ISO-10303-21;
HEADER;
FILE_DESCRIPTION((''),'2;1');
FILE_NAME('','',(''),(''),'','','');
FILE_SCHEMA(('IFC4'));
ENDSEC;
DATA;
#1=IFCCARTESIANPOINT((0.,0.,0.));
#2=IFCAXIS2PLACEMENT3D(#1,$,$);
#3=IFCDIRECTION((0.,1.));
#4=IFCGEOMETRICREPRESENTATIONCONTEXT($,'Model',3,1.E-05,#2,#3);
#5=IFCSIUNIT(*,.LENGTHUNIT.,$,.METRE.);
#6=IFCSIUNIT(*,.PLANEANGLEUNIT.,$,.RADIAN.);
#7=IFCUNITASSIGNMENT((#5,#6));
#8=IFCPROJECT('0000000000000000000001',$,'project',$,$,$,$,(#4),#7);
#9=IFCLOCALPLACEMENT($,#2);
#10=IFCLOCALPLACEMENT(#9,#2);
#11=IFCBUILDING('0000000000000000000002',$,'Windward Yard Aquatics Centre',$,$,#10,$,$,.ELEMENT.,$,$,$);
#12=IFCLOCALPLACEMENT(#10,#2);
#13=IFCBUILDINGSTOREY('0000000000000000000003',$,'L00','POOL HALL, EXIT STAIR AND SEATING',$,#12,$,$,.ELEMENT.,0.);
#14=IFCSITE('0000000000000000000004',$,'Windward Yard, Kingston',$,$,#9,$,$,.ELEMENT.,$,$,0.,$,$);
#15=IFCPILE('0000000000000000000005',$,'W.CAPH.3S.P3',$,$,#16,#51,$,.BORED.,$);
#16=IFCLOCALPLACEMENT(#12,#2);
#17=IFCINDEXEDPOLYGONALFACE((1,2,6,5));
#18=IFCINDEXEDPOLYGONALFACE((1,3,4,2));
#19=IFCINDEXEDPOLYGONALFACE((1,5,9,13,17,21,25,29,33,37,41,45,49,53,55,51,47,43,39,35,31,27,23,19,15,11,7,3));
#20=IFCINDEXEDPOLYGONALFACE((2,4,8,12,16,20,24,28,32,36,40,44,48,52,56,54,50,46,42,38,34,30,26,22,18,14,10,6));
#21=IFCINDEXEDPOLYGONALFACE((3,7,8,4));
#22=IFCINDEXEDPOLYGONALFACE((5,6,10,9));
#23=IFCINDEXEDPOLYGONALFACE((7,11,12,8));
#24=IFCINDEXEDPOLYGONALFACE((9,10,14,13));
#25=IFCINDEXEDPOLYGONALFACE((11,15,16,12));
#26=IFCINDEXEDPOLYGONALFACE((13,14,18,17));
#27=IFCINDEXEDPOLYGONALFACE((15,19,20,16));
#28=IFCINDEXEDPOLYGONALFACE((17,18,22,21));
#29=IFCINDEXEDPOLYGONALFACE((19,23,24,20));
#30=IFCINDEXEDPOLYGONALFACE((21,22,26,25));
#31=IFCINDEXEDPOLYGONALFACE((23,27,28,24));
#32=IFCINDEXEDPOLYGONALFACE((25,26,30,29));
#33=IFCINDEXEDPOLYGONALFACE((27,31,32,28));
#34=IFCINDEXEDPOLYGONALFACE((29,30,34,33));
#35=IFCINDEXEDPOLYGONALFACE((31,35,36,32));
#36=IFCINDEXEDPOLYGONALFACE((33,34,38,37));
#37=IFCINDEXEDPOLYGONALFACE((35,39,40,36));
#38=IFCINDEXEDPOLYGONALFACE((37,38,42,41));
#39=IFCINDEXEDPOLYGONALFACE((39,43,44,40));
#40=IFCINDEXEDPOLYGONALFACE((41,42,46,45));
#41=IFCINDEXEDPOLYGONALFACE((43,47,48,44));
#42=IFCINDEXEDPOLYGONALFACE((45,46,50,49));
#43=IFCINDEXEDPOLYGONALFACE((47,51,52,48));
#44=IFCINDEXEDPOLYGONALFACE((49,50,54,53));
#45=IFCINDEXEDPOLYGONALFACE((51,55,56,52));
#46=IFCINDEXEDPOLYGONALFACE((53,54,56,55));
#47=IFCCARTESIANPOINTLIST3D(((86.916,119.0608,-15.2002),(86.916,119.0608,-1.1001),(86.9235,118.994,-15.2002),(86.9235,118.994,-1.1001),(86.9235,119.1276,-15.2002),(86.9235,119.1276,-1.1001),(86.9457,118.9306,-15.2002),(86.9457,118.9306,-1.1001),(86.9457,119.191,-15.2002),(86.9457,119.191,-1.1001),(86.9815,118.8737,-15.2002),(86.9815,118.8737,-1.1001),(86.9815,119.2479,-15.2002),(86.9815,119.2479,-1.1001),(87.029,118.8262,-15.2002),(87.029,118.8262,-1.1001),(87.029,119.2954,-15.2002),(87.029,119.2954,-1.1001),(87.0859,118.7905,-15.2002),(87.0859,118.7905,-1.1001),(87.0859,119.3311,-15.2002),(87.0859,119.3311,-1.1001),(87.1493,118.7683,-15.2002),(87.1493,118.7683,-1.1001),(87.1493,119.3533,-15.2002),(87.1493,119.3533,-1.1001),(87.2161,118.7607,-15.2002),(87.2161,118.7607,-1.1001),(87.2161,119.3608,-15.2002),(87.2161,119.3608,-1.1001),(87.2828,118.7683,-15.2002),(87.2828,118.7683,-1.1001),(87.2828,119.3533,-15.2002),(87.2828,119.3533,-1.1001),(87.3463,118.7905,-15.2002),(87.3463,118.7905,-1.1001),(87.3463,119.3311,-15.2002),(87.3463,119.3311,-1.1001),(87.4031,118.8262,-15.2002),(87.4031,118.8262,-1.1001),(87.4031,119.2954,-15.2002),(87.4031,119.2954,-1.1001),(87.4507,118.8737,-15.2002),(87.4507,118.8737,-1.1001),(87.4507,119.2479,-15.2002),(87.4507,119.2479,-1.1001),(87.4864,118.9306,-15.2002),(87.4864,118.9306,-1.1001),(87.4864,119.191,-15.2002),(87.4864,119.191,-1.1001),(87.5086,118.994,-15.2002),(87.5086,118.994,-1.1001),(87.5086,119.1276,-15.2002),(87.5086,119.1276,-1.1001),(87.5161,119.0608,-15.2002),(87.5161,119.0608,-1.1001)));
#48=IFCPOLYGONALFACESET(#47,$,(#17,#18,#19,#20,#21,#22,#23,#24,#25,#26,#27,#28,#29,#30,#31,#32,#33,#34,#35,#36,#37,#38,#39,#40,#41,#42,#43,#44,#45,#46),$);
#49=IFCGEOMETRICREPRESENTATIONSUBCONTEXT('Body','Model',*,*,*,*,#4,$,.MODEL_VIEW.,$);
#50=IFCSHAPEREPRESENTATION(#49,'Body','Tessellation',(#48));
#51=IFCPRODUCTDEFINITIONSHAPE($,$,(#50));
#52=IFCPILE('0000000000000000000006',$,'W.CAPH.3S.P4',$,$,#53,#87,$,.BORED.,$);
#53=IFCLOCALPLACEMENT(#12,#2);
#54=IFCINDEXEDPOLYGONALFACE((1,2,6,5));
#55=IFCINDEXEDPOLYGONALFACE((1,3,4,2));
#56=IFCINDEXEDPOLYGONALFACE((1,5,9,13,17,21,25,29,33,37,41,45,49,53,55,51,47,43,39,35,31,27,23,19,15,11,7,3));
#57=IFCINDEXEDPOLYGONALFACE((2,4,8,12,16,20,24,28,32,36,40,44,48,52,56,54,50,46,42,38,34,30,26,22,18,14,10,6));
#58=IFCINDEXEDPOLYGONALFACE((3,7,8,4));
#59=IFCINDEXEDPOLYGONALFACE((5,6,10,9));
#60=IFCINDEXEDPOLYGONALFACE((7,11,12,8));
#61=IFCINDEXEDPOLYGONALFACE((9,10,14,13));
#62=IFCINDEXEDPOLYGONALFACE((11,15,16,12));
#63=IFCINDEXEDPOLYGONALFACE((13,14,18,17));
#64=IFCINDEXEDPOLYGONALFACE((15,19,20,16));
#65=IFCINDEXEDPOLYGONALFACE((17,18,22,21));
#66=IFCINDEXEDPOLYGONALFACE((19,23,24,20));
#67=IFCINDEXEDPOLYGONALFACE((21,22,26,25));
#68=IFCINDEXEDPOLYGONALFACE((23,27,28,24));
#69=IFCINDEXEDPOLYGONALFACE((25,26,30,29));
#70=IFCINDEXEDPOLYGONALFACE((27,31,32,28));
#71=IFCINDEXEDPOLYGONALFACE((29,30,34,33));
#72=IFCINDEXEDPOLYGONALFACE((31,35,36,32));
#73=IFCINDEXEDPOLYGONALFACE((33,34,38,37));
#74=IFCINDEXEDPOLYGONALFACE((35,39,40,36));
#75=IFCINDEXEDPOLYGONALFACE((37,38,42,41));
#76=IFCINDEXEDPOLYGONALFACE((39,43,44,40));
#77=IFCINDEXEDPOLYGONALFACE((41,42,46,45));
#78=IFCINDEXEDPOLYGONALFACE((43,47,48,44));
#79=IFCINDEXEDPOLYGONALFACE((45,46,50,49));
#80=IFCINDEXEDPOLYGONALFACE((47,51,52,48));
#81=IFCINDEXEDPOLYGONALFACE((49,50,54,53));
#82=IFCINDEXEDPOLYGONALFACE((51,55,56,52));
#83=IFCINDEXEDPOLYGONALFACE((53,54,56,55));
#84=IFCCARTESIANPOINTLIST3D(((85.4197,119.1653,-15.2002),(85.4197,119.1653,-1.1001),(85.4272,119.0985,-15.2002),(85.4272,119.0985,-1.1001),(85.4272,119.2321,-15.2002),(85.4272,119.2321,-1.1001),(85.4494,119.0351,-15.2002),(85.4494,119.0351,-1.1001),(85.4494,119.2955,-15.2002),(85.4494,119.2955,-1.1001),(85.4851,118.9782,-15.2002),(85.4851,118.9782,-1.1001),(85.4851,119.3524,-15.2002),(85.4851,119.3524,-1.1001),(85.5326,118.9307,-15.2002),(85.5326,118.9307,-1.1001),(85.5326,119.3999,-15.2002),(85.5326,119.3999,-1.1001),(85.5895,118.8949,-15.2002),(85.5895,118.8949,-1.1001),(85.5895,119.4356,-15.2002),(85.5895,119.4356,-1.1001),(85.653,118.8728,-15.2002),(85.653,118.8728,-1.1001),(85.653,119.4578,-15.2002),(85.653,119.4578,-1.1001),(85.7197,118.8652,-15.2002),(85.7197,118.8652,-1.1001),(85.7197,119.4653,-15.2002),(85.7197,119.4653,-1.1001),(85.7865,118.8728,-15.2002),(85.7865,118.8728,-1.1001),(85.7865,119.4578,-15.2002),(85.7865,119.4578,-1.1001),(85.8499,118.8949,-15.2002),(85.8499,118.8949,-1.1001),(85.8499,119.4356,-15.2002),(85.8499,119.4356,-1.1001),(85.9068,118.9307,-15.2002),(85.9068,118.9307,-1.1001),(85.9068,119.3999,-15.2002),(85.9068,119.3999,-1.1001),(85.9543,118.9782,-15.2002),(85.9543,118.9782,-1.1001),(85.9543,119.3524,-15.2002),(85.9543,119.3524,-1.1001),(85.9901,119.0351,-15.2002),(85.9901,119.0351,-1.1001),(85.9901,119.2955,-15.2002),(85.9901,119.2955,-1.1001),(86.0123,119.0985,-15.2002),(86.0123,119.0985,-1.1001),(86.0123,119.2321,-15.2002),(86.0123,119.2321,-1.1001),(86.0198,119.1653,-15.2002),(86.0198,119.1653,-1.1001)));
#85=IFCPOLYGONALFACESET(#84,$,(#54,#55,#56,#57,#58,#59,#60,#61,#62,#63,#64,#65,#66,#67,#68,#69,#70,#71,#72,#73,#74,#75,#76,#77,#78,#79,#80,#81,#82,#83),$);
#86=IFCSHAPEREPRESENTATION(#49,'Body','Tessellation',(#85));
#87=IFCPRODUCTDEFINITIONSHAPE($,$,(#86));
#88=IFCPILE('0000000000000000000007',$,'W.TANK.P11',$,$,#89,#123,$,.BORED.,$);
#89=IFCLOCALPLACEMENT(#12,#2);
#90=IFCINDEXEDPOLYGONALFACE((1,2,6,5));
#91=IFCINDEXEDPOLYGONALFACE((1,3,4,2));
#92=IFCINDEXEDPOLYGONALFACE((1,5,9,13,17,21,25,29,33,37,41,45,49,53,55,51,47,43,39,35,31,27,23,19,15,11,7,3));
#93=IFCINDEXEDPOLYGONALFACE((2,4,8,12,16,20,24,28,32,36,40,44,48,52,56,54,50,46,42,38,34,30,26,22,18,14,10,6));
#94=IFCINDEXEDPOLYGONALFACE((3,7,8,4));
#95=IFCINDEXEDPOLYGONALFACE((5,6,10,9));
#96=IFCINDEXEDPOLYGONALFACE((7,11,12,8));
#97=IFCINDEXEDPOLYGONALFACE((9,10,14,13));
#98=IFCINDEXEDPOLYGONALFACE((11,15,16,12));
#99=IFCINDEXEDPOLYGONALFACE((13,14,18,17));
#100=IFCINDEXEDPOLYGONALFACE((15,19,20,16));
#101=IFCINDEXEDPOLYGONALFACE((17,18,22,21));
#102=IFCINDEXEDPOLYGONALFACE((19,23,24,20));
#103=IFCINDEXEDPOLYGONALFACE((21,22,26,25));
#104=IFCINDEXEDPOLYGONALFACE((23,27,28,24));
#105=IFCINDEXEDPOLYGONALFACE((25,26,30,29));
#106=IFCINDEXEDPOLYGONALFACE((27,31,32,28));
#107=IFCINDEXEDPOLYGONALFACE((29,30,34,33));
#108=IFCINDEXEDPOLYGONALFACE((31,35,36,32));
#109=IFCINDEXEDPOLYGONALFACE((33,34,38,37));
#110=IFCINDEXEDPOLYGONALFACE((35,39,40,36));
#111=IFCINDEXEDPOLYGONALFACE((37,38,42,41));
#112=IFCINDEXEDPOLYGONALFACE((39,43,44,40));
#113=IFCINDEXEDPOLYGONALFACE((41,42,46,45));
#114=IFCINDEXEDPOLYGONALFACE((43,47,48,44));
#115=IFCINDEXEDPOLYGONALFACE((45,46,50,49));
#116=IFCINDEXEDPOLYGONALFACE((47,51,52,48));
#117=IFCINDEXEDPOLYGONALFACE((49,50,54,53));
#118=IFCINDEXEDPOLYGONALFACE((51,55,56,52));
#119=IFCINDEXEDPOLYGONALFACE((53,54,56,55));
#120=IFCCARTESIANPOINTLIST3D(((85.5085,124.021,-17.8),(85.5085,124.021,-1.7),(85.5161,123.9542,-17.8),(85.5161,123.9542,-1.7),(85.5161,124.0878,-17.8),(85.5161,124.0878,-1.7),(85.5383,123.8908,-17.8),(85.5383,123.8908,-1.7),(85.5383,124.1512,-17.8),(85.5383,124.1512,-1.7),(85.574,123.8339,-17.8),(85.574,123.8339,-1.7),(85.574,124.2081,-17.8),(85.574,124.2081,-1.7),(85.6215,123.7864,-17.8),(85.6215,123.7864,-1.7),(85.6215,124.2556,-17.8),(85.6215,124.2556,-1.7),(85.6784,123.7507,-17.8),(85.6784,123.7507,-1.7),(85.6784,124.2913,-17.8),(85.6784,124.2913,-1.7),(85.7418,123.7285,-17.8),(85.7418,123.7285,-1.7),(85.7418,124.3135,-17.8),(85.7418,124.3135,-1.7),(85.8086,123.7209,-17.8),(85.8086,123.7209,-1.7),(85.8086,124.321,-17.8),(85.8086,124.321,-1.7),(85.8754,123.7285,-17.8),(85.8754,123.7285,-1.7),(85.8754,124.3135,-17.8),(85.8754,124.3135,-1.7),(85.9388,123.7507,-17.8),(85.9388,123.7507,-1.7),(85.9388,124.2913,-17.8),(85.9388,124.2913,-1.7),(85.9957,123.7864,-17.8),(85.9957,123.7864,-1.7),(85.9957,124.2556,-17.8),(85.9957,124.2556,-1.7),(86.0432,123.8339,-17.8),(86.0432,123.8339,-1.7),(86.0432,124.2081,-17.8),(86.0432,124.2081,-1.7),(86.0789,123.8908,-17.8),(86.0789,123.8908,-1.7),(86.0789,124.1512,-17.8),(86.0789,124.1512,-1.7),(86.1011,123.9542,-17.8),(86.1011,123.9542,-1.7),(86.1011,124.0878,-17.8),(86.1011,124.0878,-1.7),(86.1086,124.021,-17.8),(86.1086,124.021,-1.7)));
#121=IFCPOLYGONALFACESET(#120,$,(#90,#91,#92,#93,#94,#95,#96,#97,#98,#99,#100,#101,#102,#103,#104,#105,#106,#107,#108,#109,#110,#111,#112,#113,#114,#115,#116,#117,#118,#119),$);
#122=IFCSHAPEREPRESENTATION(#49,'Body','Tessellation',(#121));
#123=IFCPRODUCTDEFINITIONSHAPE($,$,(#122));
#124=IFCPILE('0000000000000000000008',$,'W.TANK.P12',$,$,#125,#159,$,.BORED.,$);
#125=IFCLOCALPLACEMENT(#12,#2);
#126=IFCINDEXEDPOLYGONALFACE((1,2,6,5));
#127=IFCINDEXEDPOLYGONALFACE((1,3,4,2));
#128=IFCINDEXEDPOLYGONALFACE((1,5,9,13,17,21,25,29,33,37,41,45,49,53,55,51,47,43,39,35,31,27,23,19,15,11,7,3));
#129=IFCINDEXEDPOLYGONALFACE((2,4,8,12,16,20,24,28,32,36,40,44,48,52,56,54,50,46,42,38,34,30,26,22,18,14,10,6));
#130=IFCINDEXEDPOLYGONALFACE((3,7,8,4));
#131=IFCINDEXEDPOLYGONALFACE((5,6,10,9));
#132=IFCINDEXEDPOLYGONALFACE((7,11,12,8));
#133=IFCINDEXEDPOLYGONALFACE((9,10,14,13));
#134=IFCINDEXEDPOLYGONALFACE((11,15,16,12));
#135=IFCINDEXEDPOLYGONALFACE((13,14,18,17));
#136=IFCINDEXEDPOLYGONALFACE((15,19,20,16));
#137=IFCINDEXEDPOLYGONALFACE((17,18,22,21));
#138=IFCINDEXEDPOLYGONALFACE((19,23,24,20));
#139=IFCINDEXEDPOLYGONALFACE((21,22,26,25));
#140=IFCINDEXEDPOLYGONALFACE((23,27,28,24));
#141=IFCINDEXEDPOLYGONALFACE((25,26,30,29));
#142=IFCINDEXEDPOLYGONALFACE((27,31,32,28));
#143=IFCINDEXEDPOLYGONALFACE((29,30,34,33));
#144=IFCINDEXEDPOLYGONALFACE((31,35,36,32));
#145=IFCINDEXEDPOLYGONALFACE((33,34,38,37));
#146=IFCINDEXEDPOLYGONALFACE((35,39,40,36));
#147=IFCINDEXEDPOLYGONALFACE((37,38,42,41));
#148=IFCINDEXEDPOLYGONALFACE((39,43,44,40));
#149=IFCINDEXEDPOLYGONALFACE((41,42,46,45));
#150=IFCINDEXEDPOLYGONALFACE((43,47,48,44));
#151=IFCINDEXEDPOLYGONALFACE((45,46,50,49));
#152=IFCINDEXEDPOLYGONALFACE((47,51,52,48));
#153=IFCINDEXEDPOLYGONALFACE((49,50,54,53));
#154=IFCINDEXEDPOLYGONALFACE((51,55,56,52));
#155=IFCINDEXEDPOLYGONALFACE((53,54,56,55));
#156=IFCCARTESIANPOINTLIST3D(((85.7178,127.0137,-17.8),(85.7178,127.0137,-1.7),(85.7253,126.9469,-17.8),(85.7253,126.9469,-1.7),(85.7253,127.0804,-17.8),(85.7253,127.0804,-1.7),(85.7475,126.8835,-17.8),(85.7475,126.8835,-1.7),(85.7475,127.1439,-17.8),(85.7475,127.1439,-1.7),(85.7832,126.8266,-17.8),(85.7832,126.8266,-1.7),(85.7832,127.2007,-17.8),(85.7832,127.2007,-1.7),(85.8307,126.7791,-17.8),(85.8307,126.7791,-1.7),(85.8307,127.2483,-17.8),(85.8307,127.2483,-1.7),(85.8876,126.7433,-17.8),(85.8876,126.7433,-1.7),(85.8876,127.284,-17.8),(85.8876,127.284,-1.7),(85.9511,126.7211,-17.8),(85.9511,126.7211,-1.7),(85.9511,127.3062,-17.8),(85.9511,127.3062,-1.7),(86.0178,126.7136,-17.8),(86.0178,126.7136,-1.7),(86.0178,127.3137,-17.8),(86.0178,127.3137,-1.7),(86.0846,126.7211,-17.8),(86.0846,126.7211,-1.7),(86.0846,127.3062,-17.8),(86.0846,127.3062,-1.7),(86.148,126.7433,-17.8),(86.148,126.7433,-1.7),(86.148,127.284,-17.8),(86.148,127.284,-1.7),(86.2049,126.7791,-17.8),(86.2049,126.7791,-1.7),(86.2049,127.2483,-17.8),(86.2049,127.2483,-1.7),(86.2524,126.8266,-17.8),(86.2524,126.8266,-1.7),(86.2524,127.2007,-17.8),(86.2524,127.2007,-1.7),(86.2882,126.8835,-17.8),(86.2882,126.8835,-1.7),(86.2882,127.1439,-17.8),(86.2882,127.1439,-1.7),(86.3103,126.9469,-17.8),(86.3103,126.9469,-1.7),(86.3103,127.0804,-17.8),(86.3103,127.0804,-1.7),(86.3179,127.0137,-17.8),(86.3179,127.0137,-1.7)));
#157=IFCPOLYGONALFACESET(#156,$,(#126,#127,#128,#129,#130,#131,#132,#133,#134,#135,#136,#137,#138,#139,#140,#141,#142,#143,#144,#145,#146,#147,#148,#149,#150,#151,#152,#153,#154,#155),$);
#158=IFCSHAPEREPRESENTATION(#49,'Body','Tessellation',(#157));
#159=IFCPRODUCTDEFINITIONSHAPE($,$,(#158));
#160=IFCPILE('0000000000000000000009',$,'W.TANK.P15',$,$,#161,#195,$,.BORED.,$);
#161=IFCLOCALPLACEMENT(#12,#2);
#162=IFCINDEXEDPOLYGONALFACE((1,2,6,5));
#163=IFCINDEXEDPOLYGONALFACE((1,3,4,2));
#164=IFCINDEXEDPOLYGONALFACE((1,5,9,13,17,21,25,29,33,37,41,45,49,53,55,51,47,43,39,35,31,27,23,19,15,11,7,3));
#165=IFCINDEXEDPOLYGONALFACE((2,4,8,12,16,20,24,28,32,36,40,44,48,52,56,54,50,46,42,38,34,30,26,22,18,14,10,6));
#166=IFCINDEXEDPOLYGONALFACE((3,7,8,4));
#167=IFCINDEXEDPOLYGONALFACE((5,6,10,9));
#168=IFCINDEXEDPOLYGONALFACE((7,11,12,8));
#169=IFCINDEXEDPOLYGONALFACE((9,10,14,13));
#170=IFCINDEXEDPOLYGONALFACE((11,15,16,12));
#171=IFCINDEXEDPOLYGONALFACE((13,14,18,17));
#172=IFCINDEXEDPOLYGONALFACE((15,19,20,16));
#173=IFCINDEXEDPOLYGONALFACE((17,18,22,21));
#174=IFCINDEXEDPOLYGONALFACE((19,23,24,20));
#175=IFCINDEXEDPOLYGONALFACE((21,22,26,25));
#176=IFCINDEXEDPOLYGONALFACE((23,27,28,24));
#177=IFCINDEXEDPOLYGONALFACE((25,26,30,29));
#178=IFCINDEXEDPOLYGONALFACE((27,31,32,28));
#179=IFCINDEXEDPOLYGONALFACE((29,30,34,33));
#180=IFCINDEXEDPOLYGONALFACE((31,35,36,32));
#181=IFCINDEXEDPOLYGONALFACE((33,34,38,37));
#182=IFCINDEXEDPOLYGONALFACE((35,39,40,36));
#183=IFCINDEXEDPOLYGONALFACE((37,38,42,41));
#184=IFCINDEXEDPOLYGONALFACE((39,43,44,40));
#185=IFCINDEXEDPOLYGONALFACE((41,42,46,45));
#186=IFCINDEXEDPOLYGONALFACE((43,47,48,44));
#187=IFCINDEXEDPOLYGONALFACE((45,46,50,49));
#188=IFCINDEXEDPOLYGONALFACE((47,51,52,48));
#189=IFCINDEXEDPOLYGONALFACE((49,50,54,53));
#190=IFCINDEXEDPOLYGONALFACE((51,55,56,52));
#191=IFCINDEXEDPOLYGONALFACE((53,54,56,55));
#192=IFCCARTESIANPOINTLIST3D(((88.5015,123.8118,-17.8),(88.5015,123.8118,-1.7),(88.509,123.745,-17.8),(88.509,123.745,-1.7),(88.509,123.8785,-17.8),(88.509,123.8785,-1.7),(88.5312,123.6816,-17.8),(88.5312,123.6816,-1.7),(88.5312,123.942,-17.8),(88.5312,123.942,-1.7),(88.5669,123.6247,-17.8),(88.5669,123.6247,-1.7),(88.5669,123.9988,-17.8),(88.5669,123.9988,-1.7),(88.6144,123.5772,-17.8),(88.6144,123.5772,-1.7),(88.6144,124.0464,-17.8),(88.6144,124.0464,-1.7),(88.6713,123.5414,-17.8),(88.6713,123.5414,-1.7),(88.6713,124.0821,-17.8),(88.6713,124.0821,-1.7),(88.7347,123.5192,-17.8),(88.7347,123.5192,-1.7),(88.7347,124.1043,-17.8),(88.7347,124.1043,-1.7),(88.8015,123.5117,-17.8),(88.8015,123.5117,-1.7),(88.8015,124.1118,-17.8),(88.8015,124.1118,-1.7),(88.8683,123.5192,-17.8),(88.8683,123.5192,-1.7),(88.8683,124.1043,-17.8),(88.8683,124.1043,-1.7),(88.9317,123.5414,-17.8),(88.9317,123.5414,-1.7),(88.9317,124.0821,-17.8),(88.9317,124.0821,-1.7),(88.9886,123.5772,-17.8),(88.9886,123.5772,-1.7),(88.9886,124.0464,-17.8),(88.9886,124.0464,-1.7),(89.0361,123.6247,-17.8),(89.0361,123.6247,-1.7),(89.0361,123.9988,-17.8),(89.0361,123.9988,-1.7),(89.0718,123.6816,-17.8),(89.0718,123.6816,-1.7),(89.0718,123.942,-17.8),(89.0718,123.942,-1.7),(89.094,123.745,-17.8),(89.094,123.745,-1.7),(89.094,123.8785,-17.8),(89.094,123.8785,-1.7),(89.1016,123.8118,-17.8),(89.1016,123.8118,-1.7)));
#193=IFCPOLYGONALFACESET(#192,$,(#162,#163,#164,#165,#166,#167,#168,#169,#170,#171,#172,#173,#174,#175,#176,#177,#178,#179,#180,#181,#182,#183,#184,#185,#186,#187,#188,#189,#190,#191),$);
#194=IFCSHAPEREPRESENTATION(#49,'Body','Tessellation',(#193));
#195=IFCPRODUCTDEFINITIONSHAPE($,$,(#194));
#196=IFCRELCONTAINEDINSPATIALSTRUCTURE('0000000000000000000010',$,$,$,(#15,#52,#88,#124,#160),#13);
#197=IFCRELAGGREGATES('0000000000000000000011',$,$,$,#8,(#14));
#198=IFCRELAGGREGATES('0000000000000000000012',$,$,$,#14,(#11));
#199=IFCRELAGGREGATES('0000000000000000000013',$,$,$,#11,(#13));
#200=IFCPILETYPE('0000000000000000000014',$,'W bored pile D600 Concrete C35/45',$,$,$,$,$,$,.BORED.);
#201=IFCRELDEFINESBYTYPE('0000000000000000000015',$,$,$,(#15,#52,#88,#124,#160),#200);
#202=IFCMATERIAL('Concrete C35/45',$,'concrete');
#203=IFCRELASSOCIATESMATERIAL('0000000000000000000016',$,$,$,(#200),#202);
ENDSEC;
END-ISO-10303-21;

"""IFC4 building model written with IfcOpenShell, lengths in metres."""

from ifc_helpers import new_model, si_unit, direction, frame, origin, origin_2d, place, context, subcontext, project, spatial, circle, extrude, material, material_profile, profile_set, type_object, element, save


model = new_model("IFC4")

# Units and contexts
model_context = context("Model", 3, precision=1e-05, world=origin(), true_north=direction((0.0, 1.0)))
body_context = subcontext(model_context, "Body", "Model", "MODEL_VIEW")
ifc_project = project(units=[si_unit("LENGTHUNIT", "METRE"), si_unit("PLANEANGLEUNIT", "RADIAN")], contexts=[model_context])

# Site, building, storey
site_placement = place(None, origin())
site = spatial("IfcSite", under=ifc_project, at=site_placement, Name="Windward Yard, Kingston", CompositionType="ELEMENT", RefElevation=0.0)
building_placement = place(site_placement, origin())
building = spatial("IfcBuilding", under=site, at=building_placement, Name="Windward Yard Aquatics Centre", CompositionType="ELEMENT")
storey_placement = place(building_placement, origin())
storey = spatial("IfcBuildingStorey", under=building, at=storey_placement, Name="L00", Description="POOL HALL, EXIT STAIR AND SEATING", CompositionType="ELEMENT", Elevation=0.0)

# Piles
ifc_material_1 = material(Name="Concrete C35/45", Category="concrete")
ifc_material_profile_1 = material_profile(ifc_material_1, circle(Radius=0.3, at=origin_2d()), Name="D600")
ifc_profile_set_1 = profile_set([ifc_material_profile_1], Name="Concrete C35/45")
pile_type = type_object("IfcPileType", Name="W bored pile D600 Concrete C35/45", PredefinedType="BORED", material=ifc_profile_set_1)
for number, where, z_axis, x_axis, name in (
    (1, (87.2161, 119.0608, -1.1001), (0.0, 0.0, -1.0), (1.0, 0.0, 0.0), "W.CAPH.3S.P3"),
    (2, (85.7197, 119.1653, -1.1001), (0.0, 0.0, -1.0), (1.0, 0.0, 0.0), "W.CAPH.3S.P4"),
):
    element("IfcPile", number, at=place(storey_placement, frame(where, z_axis=z_axis, x_axis=x_axis)), inside=storey, type_object=pile_type, Name=name, PredefinedType="BORED", context=body_context, shape_type="SweptSolid", body=[
        extrude(circle(Radius=0.3, at=origin_2d()), origin(), (0.0, 0.0, 1.0), 14.1001),
    ])
for number, where, z_axis, x_axis, name in (
    (3, (85.8086, 124.021, -1.7), (0.0, 0.0, -1.0), (1.0, 0.0, 0.0), "W.TANK.P11"),
    (4, (86.0178, 127.0137, -1.7), (0.0, 0.0, -1.0), (1.0, 0.0, 0.0), "W.TANK.P12"),
    (5, (88.8015, 123.8118, -1.7), (0.0, 0.0, -1.0), (1.0, 0.0, 0.0), "W.TANK.P15"),
):
    element("IfcPile", number, at=place(storey_placement, frame(where, z_axis=z_axis, x_axis=x_axis)), inside=storey, type_object=pile_type, Name=name, PredefinedType="BORED", context=body_context, shape_type="SweptSolid", body=[
        extrude(circle(Radius=0.3, at=origin_2d()), origin(), (0.0, 0.0, 1.0), 16.1001),
    ])

save(model, "model.ifc")
